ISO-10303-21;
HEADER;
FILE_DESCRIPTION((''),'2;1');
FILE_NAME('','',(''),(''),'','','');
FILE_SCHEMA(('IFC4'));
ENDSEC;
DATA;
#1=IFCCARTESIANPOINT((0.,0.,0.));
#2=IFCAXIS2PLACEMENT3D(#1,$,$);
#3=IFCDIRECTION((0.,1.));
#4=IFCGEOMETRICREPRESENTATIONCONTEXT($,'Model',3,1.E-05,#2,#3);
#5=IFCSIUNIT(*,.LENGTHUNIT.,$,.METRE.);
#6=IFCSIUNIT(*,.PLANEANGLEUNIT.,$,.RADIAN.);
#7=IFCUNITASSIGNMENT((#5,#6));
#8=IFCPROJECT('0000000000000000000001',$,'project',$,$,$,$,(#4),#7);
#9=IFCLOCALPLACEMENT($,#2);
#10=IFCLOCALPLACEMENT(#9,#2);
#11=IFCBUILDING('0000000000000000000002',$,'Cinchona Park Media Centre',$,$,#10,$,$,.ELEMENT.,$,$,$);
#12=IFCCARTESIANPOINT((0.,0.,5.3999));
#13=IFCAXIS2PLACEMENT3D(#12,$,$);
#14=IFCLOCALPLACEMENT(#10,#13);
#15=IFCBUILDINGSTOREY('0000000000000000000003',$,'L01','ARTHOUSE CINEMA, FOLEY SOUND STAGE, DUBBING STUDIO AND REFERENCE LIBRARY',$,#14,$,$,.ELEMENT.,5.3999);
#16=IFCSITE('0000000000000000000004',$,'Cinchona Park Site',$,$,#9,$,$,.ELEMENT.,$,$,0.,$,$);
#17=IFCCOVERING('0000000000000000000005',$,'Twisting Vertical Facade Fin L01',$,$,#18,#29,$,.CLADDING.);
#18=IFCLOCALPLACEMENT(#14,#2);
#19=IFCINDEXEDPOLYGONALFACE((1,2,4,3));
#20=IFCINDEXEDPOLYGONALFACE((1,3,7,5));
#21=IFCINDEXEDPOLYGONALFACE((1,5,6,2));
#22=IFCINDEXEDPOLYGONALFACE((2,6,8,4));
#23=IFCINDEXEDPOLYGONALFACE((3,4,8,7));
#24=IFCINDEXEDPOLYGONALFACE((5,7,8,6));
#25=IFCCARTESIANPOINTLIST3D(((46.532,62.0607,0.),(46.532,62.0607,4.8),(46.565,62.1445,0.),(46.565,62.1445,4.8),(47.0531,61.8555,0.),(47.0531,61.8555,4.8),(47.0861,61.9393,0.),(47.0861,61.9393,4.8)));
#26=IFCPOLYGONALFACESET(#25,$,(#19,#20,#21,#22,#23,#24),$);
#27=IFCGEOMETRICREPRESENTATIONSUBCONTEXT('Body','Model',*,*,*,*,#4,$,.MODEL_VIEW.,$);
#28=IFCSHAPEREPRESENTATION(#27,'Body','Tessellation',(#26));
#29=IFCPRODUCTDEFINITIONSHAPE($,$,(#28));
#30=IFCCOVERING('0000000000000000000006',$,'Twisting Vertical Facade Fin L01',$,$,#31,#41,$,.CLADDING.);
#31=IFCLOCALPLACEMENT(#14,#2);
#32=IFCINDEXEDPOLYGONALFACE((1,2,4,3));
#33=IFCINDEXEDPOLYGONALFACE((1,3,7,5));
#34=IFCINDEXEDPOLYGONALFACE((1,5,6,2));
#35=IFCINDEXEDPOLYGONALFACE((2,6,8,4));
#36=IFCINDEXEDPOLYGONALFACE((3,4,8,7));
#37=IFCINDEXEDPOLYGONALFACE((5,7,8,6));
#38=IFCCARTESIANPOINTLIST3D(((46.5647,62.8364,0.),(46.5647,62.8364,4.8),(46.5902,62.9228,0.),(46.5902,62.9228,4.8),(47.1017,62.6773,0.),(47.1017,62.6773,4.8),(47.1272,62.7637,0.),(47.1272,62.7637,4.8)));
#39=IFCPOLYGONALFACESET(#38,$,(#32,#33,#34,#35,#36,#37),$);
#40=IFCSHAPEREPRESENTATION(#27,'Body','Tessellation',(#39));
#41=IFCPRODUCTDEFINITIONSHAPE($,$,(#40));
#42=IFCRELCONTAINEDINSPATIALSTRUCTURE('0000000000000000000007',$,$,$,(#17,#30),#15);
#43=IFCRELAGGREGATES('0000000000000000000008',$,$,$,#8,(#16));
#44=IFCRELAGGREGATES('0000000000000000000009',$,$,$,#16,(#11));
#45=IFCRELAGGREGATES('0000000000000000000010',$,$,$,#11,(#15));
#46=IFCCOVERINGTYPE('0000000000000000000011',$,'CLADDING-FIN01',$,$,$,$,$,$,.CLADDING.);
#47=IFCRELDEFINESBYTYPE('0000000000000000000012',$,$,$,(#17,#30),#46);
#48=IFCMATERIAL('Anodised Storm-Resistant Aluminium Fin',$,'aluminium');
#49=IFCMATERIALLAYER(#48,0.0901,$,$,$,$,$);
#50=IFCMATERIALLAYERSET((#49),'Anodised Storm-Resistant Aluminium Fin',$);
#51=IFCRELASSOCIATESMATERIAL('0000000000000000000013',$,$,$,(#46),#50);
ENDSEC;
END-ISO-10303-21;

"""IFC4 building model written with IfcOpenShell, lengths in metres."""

from ifc_helpers import new_model, si_unit, direction, frame, origin, origin_2d, place, context, subcontext, project, spatial, rectangle, extrude, material, layer, layer_set, type_object, element, save


model = new_model("IFC4")

# Units and contexts
model_context = context("Model", 3, precision=1e-05, world=origin(), true_north=direction((0.0, 1.0)))
body_context = subcontext(model_context, "Body", "Model", "MODEL_VIEW")
ifc_project = project(units=[si_unit("LENGTHUNIT", "METRE"), si_unit("PLANEANGLEUNIT", "RADIAN")], contexts=[model_context])

# Site, building, storey
site_placement = place(None, origin())
site = spatial("IfcSite", under=ifc_project, at=site_placement, Name="Cinchona Park Site", CompositionType="ELEMENT", RefElevation=0.0)
building_placement = place(site_placement, origin())
building = spatial("IfcBuilding", under=site, at=building_placement, Name="Cinchona Park Media Centre", CompositionType="ELEMENT")
storey_placement = place(building_placement, frame((0.0, 0.0, 5.3999)))
storey = spatial("IfcBuildingStorey", under=building, at=storey_placement, Name="L01", Description="ARTHOUSE CINEMA, FOLEY SOUND STAGE, DUBBING STUDIO AND REFERENCE LIBRARY", CompositionType="ELEMENT", Elevation=5.3999)

# Coverings
ifc_material_1 = material(Name="Anodised Storm-Resistant Aluminium Fin", Category="aluminium")
ifc_layer_1 = layer(ifc_material_1, 0.0901)
ifc_layer_set_1 = layer_set([ifc_layer_1], Name="Anodised Storm-Resistant Aluminium Fin")
covering_type = type_object("IfcCoveringType", Name="CLADDING-FIN01", PredefinedType="CLADDING", material=ifc_layer_set_1)
for number, where, z_axis, x_axis, name in (
    (1, (46.8091, 62.0, 0.0), (0.0, 0.0, 1.0), (-0.930482, 0.366339, 0.0), "Twisting Vertical Facade Fin L01"),
    (2, (46.8459, 62.8, 0.0), (0.0, 0.0, 1.0), (-0.95882, 0.284015, 0.0), "Twisting Vertical Facade Fin L01"),
):
    element("IfcCovering", number, at=place(storey_placement, frame(where, z_axis=z_axis, x_axis=x_axis)), inside=storey, type_object=covering_type, Name=name, PredefinedType="CLADDING", context=body_context, shape_type="SweptSolid", body=[
        extrude(rectangle(XDim=0.5601, YDim=0.0901, at=origin_2d()), origin(), (0.0, 0.0, 1.0), 4.8),
    ])

save(model, "model.ifc")
